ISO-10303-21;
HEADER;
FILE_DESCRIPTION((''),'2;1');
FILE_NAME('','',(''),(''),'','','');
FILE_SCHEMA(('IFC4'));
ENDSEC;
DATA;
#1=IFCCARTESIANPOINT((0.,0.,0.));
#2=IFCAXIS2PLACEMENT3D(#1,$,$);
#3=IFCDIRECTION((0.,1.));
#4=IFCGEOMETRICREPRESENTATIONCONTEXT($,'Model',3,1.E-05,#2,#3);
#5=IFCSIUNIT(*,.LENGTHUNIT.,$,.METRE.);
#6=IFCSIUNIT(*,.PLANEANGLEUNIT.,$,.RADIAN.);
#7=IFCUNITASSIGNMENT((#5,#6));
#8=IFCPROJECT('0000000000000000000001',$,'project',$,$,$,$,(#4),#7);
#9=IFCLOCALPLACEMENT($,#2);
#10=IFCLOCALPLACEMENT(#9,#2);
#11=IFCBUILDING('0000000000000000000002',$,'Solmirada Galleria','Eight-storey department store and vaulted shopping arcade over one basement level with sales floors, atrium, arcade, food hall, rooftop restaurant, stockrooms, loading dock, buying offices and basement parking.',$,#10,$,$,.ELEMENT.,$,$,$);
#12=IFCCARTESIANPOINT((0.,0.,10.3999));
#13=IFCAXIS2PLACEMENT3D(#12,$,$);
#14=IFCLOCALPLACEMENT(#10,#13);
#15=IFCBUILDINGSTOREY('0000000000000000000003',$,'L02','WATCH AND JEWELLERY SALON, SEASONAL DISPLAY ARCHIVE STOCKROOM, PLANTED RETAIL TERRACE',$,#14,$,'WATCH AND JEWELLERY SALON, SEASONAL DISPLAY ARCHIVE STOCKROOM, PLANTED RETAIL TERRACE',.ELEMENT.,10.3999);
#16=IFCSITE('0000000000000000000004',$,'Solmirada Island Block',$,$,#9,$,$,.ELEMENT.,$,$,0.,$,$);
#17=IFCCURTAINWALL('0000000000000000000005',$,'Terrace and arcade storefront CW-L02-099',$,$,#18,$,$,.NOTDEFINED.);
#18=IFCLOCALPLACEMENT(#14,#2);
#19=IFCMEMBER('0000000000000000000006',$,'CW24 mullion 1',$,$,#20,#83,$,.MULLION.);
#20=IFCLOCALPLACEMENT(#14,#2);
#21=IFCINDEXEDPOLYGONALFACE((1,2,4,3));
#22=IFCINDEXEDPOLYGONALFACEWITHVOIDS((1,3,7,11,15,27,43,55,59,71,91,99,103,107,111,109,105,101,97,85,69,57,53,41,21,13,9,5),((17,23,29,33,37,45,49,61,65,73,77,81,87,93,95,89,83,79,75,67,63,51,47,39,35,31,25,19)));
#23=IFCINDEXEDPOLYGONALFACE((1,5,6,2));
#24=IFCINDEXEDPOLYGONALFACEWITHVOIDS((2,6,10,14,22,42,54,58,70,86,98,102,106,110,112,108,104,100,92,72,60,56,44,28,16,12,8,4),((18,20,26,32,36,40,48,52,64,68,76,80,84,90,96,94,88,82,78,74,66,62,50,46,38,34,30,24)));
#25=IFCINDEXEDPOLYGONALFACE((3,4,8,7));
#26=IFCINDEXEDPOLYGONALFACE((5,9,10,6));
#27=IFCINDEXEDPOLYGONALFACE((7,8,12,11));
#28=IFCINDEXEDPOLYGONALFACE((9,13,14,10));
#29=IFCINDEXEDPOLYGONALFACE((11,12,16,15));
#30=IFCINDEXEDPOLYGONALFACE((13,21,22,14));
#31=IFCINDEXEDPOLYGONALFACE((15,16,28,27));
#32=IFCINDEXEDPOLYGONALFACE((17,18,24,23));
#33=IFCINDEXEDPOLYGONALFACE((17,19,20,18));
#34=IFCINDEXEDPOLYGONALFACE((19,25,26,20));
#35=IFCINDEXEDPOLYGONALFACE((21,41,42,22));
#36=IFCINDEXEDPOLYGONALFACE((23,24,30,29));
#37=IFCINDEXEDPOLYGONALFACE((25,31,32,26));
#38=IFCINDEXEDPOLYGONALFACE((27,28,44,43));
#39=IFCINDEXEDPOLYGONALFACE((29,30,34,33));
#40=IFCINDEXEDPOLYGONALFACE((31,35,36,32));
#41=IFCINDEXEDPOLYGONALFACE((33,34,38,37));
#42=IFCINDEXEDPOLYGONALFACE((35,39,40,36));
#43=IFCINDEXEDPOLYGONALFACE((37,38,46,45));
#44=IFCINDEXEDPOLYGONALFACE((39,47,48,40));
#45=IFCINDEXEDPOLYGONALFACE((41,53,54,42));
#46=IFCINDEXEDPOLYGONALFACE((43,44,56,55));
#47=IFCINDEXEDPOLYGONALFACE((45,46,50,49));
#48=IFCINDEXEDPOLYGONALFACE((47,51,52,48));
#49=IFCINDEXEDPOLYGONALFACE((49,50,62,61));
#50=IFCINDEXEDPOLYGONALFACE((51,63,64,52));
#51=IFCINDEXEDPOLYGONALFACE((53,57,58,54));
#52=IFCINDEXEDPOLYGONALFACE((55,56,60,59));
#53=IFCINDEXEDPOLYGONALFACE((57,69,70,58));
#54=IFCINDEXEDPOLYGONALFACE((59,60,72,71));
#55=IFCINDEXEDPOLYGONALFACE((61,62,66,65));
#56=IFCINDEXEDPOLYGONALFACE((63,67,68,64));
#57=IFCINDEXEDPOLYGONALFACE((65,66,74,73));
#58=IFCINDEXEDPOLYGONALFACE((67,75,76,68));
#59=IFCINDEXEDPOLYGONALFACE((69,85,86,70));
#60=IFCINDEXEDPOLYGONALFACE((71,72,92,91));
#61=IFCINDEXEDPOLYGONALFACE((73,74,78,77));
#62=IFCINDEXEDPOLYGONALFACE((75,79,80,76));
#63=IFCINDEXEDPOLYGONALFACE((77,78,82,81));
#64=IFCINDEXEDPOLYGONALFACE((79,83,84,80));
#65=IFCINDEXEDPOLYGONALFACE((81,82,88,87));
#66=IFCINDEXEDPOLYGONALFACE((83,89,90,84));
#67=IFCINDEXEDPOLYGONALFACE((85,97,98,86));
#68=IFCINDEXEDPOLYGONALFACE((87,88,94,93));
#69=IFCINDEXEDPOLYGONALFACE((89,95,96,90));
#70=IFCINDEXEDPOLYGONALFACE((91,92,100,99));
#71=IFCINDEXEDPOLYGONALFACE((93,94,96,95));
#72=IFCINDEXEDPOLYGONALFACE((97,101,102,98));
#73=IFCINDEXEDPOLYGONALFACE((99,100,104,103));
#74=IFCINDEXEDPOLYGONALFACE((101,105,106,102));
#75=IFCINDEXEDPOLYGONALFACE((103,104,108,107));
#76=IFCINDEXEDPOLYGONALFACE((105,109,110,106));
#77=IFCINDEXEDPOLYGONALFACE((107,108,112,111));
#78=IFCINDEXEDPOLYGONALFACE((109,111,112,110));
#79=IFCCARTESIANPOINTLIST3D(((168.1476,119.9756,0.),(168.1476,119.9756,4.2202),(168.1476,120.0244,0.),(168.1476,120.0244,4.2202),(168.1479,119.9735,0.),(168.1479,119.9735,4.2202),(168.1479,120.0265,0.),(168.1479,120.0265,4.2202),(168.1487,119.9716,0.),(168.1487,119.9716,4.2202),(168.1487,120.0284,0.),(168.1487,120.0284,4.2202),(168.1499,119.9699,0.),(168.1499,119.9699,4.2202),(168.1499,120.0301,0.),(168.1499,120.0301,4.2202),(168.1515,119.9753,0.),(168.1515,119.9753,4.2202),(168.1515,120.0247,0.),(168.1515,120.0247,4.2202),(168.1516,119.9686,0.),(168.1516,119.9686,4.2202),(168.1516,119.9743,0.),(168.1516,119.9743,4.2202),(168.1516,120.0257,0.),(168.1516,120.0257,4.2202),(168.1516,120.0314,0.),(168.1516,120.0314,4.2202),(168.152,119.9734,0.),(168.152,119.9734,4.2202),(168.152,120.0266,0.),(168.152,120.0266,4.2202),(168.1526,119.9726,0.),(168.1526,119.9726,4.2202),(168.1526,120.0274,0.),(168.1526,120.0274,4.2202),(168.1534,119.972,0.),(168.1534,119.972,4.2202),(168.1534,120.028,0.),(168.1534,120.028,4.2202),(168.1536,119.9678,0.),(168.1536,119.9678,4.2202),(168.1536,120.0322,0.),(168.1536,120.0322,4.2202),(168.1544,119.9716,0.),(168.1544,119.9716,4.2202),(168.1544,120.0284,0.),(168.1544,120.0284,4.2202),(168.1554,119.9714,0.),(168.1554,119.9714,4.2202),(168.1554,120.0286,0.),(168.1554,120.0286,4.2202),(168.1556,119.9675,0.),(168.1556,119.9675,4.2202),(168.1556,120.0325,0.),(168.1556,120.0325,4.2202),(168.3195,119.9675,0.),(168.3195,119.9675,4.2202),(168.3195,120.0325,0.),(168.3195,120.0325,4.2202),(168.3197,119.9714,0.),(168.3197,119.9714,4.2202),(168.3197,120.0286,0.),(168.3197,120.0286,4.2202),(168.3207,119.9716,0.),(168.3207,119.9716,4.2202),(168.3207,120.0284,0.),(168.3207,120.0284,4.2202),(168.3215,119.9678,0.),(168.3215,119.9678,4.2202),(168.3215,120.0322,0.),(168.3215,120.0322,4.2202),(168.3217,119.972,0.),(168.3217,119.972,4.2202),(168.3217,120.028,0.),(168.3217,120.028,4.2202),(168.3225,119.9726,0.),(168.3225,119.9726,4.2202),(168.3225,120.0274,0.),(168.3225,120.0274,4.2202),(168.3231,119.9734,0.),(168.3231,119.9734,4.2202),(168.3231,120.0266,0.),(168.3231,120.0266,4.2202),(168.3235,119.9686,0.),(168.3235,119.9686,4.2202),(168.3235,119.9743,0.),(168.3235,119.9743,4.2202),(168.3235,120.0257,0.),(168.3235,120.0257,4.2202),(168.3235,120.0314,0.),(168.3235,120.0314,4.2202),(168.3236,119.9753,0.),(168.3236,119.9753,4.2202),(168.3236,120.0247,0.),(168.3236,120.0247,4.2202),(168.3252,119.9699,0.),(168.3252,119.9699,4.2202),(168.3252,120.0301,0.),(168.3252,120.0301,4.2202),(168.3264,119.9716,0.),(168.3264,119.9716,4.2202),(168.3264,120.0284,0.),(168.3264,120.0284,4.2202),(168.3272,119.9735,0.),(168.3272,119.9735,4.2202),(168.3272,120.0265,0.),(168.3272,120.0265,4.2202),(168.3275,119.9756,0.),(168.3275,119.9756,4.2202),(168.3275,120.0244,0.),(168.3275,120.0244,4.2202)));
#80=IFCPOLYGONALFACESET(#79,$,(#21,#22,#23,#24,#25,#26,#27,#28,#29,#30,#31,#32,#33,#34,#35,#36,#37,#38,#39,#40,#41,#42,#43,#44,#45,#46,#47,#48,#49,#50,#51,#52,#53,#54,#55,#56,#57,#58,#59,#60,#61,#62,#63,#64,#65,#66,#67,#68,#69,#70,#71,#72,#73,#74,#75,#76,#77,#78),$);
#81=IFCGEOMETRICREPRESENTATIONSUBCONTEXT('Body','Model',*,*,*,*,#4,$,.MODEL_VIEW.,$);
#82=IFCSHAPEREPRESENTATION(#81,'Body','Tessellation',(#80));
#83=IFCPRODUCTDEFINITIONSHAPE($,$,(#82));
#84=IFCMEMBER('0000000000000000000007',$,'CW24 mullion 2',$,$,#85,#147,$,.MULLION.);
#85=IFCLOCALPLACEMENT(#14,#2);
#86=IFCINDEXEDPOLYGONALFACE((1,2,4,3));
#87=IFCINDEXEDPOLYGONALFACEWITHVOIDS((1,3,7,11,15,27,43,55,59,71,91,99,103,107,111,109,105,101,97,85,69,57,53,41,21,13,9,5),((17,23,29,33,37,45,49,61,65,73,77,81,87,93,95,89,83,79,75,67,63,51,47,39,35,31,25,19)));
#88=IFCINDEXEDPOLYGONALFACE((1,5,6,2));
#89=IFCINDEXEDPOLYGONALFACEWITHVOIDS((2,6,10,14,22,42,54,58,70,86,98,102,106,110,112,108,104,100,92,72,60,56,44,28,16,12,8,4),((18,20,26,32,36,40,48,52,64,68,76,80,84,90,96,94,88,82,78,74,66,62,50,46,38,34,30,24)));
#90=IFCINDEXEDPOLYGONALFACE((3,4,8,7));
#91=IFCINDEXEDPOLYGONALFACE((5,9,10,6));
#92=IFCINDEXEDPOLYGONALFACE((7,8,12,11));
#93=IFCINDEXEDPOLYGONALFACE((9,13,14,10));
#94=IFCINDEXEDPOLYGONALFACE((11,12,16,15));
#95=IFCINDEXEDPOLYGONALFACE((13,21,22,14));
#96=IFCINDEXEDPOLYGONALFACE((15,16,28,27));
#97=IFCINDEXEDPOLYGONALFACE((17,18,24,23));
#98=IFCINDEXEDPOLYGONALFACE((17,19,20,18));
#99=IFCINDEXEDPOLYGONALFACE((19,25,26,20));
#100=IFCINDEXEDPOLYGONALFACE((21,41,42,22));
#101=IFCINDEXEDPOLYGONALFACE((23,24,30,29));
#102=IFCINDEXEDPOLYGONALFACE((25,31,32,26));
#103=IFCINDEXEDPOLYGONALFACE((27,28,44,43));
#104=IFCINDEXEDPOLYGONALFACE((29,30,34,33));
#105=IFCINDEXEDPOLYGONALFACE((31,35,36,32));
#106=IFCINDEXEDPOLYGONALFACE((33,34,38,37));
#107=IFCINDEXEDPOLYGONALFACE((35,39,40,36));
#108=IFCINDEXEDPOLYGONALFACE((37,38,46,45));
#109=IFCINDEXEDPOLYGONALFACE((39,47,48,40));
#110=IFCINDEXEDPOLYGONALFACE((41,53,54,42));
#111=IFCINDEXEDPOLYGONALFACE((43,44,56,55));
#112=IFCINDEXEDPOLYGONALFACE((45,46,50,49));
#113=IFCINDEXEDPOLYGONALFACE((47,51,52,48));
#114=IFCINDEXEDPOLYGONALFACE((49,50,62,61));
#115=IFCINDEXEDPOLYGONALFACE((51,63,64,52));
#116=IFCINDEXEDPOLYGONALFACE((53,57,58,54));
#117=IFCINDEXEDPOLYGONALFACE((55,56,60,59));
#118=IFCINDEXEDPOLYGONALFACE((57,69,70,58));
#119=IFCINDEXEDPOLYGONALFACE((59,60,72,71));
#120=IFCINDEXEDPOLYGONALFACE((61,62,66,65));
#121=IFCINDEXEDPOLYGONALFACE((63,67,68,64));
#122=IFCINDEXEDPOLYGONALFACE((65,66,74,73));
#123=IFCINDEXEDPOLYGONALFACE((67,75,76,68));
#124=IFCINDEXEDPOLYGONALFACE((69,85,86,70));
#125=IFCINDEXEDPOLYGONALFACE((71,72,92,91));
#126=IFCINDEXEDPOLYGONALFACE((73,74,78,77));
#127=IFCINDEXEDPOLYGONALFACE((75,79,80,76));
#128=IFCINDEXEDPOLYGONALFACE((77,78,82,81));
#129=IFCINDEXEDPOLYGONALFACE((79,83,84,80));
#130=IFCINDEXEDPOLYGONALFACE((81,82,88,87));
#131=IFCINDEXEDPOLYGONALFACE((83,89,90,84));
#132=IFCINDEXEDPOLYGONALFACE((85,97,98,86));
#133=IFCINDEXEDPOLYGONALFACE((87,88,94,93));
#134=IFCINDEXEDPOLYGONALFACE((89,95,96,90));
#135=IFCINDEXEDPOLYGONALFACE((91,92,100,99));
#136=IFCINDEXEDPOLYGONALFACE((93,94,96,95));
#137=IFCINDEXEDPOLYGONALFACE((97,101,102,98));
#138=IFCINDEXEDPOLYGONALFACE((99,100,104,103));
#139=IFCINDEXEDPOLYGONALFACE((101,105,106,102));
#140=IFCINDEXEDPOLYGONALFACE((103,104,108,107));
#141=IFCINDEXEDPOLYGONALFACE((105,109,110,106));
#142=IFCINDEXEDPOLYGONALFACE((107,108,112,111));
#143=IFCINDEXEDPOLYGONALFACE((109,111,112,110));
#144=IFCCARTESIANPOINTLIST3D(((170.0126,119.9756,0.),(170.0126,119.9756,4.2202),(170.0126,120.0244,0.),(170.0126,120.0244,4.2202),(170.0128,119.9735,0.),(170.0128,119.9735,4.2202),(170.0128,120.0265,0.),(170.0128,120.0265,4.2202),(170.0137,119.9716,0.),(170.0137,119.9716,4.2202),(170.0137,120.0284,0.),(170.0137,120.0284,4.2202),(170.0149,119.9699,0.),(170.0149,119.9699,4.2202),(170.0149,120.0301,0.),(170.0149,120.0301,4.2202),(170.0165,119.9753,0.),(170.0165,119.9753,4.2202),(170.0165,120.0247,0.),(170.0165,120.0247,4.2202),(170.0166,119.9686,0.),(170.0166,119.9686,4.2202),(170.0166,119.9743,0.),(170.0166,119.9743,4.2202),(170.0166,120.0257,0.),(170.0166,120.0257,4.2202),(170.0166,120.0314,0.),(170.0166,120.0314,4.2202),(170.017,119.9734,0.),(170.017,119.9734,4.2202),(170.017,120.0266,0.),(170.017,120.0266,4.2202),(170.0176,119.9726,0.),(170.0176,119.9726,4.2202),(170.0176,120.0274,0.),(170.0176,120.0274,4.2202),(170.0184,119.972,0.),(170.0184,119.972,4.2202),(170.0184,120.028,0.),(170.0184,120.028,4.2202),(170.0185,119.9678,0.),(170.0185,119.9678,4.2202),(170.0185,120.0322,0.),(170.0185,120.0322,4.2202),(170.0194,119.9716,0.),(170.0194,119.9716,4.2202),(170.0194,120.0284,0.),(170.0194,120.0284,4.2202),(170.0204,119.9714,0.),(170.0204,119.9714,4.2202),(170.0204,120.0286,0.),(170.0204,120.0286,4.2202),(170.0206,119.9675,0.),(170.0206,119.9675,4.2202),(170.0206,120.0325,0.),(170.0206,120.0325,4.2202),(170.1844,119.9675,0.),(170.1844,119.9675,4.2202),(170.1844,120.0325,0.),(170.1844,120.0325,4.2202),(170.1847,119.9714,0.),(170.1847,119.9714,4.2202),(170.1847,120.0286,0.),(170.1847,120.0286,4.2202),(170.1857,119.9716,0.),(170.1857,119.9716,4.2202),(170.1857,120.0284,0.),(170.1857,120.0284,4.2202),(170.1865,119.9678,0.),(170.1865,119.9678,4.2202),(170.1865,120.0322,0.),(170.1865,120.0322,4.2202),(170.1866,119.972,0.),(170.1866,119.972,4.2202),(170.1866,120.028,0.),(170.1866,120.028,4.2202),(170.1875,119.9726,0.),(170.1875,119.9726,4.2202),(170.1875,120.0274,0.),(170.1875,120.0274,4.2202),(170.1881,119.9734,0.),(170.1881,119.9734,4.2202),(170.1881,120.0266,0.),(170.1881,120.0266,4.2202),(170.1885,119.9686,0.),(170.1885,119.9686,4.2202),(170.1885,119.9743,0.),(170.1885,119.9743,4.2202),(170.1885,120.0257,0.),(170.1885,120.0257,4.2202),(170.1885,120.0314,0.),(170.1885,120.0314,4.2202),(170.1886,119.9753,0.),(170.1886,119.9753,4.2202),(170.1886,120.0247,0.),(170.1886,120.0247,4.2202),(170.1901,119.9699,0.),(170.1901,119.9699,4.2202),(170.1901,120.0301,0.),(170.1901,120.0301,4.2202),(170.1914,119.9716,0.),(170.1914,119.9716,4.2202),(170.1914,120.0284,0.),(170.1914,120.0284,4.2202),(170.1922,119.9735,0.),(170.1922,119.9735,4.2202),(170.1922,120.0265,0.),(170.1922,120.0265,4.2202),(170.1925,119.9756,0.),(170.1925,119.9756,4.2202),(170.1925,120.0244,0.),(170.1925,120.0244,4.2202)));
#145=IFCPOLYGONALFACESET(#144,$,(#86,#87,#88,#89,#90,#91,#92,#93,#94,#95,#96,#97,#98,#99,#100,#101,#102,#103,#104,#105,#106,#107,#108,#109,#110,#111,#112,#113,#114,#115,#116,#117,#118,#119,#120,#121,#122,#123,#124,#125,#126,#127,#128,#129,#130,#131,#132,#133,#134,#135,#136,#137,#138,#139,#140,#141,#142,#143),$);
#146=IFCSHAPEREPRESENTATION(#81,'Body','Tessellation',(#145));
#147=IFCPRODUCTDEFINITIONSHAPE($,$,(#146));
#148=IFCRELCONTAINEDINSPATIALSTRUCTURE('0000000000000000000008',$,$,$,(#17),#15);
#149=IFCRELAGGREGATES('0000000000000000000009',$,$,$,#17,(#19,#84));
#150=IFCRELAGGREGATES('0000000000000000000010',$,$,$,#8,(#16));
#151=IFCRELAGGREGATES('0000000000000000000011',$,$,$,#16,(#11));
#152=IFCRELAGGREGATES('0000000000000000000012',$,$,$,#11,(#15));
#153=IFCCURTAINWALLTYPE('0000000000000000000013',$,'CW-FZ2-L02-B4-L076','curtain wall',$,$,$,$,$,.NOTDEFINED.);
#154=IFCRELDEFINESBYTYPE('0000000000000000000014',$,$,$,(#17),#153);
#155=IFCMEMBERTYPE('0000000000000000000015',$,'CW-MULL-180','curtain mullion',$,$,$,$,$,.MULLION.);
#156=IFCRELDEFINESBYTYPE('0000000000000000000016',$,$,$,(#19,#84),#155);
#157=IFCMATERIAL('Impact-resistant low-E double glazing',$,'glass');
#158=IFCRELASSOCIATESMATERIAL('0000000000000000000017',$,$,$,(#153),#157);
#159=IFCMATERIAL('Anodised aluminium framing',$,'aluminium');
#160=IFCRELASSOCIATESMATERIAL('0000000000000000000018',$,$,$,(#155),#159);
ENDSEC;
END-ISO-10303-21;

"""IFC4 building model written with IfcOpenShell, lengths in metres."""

from ifc_helpers import new_model, si_unit, direction, frame, origin, origin_2d, place, context, subcontext, project, spatial, hollow_rectangle, extrude, material, material_profile, profile_set, type_object, element, aggregate, save


model = new_model("IFC4")

# Units and contexts
model_context = context("Model", 3, precision=1e-05, world=origin(), true_north=direction((0.0, 1.0)))
body_context = subcontext(model_context, "Body", "Model", "MODEL_VIEW")
ifc_project = project(units=[si_unit("LENGTHUNIT", "METRE"), si_unit("PLANEANGLEUNIT", "RADIAN")], contexts=[model_context])

# Site, building, storey
site_placement = place(None, origin())
site = spatial("IfcSite", under=ifc_project, at=site_placement, Name="Solmirada Island Block", CompositionType="ELEMENT", RefElevation=0.0)
building_placement = place(site_placement, origin())
building = spatial("IfcBuilding", under=site, at=building_placement, Name="Solmirada Galleria", Description="Eight-storey department store and vaulted shopping arcade over one basement level with sales floors, atrium, arcade, food hall, rooftop restaurant, stockrooms, loading dock, buying offices and basement parking.", CompositionType="ELEMENT")
storey_placement = place(building_placement, frame((0.0, 0.0, 10.3999)))
storey = spatial("IfcBuildingStorey", under=building, at=storey_placement, Name="L02", Description="WATCH AND JEWELLERY SALON, SEASONAL DISPLAY ARCHIVE STOCKROOM, PLANTED RETAIL TERRACE", LongName="WATCH AND JEWELLERY SALON, SEASONAL DISPLAY ARCHIVE STOCKROOM, PLANTED RETAIL TERRACE", CompositionType="ELEMENT", Elevation=10.3999)

# Curtain wall, members
ifc_material_1 = material(Name="Impact-resistant low-E double glazing", Category="glass")
curtain_wall_type = type_object("IfcCurtainWallType", Name="CW-FZ2-L02-B4-L076", Description="curtain wall", PredefinedType="NOTDEFINED", material=ifc_material_1)
curtain_wall_1_placement = place(storey_placement, origin())
curtain_wall_1 = element("IfcCurtainWall", 1, at=curtain_wall_1_placement, inside=storey, type_object=curtain_wall_type, Name="Terrace and arcade storefront CW-L02-099", PredefinedType="NOTDEFINED")
ifc_material_2 = material(Name="Anodised aluminium framing", Category="aluminium")
ifc_material_profile_1 = material_profile(ifc_material_2, hollow_rectangle(XDim=0.0649, YDim=0.1799, WallThickness=0.0039, InnerFilletRadius=0.0039, OuterFilletRadius=0.0081, at=origin_2d()), Name="ALU-MULL-180X65")
ifc_profile_set_1 = profile_set([ifc_material_profile_1], Name="Anodised aluminium framing")
member_type_1 = type_object("IfcMemberType", Name="CW-MULL-180", Description="curtain mullion", PredefinedType="MULLION", material=ifc_profile_set_1)
member_1_placement = place(storey_placement, frame((168.2375, 120.0, 0.0), z_axis=(0.0, 0.0, 1.0), x_axis=(0.0, 1.0, 0.0)))
member_1 = element("IfcMember", 2, at=member_1_placement, type_object=member_type_1, Name="CW24 mullion 1", PredefinedType="MULLION", context=body_context, shape_type="SweptSolid", body=[
    extrude(hollow_rectangle(XDim=0.0649, YDim=0.1799, WallThickness=0.0039, InnerFilletRadius=0.0039, OuterFilletRadius=0.0081, at=origin_2d()), origin(), (0.0, 0.0, 1.0), 4.2202),
])
member_2_placement = place(storey_placement, frame((170.1025, 120.0, 0.0), z_axis=(0.0, 0.0, 1.0), x_axis=(0.0, 1.0, 0.0)))
member_2 = element("IfcMember", 3, at=member_2_placement, type_object=member_type_1, Name="CW24 mullion 2", PredefinedType="MULLION", context=body_context, shape_type="SweptSolid", body=[
    extrude(hollow_rectangle(XDim=0.0649, YDim=0.1799, WallThickness=0.0039, InnerFilletRadius=0.0039, OuterFilletRadius=0.0081, at=origin_2d()), origin(), (0.0, 0.0, 1.0), 4.2202),
])

aggregate(curtain_wall_1, [member_1, member_2])

save(model, "model.ifc")
